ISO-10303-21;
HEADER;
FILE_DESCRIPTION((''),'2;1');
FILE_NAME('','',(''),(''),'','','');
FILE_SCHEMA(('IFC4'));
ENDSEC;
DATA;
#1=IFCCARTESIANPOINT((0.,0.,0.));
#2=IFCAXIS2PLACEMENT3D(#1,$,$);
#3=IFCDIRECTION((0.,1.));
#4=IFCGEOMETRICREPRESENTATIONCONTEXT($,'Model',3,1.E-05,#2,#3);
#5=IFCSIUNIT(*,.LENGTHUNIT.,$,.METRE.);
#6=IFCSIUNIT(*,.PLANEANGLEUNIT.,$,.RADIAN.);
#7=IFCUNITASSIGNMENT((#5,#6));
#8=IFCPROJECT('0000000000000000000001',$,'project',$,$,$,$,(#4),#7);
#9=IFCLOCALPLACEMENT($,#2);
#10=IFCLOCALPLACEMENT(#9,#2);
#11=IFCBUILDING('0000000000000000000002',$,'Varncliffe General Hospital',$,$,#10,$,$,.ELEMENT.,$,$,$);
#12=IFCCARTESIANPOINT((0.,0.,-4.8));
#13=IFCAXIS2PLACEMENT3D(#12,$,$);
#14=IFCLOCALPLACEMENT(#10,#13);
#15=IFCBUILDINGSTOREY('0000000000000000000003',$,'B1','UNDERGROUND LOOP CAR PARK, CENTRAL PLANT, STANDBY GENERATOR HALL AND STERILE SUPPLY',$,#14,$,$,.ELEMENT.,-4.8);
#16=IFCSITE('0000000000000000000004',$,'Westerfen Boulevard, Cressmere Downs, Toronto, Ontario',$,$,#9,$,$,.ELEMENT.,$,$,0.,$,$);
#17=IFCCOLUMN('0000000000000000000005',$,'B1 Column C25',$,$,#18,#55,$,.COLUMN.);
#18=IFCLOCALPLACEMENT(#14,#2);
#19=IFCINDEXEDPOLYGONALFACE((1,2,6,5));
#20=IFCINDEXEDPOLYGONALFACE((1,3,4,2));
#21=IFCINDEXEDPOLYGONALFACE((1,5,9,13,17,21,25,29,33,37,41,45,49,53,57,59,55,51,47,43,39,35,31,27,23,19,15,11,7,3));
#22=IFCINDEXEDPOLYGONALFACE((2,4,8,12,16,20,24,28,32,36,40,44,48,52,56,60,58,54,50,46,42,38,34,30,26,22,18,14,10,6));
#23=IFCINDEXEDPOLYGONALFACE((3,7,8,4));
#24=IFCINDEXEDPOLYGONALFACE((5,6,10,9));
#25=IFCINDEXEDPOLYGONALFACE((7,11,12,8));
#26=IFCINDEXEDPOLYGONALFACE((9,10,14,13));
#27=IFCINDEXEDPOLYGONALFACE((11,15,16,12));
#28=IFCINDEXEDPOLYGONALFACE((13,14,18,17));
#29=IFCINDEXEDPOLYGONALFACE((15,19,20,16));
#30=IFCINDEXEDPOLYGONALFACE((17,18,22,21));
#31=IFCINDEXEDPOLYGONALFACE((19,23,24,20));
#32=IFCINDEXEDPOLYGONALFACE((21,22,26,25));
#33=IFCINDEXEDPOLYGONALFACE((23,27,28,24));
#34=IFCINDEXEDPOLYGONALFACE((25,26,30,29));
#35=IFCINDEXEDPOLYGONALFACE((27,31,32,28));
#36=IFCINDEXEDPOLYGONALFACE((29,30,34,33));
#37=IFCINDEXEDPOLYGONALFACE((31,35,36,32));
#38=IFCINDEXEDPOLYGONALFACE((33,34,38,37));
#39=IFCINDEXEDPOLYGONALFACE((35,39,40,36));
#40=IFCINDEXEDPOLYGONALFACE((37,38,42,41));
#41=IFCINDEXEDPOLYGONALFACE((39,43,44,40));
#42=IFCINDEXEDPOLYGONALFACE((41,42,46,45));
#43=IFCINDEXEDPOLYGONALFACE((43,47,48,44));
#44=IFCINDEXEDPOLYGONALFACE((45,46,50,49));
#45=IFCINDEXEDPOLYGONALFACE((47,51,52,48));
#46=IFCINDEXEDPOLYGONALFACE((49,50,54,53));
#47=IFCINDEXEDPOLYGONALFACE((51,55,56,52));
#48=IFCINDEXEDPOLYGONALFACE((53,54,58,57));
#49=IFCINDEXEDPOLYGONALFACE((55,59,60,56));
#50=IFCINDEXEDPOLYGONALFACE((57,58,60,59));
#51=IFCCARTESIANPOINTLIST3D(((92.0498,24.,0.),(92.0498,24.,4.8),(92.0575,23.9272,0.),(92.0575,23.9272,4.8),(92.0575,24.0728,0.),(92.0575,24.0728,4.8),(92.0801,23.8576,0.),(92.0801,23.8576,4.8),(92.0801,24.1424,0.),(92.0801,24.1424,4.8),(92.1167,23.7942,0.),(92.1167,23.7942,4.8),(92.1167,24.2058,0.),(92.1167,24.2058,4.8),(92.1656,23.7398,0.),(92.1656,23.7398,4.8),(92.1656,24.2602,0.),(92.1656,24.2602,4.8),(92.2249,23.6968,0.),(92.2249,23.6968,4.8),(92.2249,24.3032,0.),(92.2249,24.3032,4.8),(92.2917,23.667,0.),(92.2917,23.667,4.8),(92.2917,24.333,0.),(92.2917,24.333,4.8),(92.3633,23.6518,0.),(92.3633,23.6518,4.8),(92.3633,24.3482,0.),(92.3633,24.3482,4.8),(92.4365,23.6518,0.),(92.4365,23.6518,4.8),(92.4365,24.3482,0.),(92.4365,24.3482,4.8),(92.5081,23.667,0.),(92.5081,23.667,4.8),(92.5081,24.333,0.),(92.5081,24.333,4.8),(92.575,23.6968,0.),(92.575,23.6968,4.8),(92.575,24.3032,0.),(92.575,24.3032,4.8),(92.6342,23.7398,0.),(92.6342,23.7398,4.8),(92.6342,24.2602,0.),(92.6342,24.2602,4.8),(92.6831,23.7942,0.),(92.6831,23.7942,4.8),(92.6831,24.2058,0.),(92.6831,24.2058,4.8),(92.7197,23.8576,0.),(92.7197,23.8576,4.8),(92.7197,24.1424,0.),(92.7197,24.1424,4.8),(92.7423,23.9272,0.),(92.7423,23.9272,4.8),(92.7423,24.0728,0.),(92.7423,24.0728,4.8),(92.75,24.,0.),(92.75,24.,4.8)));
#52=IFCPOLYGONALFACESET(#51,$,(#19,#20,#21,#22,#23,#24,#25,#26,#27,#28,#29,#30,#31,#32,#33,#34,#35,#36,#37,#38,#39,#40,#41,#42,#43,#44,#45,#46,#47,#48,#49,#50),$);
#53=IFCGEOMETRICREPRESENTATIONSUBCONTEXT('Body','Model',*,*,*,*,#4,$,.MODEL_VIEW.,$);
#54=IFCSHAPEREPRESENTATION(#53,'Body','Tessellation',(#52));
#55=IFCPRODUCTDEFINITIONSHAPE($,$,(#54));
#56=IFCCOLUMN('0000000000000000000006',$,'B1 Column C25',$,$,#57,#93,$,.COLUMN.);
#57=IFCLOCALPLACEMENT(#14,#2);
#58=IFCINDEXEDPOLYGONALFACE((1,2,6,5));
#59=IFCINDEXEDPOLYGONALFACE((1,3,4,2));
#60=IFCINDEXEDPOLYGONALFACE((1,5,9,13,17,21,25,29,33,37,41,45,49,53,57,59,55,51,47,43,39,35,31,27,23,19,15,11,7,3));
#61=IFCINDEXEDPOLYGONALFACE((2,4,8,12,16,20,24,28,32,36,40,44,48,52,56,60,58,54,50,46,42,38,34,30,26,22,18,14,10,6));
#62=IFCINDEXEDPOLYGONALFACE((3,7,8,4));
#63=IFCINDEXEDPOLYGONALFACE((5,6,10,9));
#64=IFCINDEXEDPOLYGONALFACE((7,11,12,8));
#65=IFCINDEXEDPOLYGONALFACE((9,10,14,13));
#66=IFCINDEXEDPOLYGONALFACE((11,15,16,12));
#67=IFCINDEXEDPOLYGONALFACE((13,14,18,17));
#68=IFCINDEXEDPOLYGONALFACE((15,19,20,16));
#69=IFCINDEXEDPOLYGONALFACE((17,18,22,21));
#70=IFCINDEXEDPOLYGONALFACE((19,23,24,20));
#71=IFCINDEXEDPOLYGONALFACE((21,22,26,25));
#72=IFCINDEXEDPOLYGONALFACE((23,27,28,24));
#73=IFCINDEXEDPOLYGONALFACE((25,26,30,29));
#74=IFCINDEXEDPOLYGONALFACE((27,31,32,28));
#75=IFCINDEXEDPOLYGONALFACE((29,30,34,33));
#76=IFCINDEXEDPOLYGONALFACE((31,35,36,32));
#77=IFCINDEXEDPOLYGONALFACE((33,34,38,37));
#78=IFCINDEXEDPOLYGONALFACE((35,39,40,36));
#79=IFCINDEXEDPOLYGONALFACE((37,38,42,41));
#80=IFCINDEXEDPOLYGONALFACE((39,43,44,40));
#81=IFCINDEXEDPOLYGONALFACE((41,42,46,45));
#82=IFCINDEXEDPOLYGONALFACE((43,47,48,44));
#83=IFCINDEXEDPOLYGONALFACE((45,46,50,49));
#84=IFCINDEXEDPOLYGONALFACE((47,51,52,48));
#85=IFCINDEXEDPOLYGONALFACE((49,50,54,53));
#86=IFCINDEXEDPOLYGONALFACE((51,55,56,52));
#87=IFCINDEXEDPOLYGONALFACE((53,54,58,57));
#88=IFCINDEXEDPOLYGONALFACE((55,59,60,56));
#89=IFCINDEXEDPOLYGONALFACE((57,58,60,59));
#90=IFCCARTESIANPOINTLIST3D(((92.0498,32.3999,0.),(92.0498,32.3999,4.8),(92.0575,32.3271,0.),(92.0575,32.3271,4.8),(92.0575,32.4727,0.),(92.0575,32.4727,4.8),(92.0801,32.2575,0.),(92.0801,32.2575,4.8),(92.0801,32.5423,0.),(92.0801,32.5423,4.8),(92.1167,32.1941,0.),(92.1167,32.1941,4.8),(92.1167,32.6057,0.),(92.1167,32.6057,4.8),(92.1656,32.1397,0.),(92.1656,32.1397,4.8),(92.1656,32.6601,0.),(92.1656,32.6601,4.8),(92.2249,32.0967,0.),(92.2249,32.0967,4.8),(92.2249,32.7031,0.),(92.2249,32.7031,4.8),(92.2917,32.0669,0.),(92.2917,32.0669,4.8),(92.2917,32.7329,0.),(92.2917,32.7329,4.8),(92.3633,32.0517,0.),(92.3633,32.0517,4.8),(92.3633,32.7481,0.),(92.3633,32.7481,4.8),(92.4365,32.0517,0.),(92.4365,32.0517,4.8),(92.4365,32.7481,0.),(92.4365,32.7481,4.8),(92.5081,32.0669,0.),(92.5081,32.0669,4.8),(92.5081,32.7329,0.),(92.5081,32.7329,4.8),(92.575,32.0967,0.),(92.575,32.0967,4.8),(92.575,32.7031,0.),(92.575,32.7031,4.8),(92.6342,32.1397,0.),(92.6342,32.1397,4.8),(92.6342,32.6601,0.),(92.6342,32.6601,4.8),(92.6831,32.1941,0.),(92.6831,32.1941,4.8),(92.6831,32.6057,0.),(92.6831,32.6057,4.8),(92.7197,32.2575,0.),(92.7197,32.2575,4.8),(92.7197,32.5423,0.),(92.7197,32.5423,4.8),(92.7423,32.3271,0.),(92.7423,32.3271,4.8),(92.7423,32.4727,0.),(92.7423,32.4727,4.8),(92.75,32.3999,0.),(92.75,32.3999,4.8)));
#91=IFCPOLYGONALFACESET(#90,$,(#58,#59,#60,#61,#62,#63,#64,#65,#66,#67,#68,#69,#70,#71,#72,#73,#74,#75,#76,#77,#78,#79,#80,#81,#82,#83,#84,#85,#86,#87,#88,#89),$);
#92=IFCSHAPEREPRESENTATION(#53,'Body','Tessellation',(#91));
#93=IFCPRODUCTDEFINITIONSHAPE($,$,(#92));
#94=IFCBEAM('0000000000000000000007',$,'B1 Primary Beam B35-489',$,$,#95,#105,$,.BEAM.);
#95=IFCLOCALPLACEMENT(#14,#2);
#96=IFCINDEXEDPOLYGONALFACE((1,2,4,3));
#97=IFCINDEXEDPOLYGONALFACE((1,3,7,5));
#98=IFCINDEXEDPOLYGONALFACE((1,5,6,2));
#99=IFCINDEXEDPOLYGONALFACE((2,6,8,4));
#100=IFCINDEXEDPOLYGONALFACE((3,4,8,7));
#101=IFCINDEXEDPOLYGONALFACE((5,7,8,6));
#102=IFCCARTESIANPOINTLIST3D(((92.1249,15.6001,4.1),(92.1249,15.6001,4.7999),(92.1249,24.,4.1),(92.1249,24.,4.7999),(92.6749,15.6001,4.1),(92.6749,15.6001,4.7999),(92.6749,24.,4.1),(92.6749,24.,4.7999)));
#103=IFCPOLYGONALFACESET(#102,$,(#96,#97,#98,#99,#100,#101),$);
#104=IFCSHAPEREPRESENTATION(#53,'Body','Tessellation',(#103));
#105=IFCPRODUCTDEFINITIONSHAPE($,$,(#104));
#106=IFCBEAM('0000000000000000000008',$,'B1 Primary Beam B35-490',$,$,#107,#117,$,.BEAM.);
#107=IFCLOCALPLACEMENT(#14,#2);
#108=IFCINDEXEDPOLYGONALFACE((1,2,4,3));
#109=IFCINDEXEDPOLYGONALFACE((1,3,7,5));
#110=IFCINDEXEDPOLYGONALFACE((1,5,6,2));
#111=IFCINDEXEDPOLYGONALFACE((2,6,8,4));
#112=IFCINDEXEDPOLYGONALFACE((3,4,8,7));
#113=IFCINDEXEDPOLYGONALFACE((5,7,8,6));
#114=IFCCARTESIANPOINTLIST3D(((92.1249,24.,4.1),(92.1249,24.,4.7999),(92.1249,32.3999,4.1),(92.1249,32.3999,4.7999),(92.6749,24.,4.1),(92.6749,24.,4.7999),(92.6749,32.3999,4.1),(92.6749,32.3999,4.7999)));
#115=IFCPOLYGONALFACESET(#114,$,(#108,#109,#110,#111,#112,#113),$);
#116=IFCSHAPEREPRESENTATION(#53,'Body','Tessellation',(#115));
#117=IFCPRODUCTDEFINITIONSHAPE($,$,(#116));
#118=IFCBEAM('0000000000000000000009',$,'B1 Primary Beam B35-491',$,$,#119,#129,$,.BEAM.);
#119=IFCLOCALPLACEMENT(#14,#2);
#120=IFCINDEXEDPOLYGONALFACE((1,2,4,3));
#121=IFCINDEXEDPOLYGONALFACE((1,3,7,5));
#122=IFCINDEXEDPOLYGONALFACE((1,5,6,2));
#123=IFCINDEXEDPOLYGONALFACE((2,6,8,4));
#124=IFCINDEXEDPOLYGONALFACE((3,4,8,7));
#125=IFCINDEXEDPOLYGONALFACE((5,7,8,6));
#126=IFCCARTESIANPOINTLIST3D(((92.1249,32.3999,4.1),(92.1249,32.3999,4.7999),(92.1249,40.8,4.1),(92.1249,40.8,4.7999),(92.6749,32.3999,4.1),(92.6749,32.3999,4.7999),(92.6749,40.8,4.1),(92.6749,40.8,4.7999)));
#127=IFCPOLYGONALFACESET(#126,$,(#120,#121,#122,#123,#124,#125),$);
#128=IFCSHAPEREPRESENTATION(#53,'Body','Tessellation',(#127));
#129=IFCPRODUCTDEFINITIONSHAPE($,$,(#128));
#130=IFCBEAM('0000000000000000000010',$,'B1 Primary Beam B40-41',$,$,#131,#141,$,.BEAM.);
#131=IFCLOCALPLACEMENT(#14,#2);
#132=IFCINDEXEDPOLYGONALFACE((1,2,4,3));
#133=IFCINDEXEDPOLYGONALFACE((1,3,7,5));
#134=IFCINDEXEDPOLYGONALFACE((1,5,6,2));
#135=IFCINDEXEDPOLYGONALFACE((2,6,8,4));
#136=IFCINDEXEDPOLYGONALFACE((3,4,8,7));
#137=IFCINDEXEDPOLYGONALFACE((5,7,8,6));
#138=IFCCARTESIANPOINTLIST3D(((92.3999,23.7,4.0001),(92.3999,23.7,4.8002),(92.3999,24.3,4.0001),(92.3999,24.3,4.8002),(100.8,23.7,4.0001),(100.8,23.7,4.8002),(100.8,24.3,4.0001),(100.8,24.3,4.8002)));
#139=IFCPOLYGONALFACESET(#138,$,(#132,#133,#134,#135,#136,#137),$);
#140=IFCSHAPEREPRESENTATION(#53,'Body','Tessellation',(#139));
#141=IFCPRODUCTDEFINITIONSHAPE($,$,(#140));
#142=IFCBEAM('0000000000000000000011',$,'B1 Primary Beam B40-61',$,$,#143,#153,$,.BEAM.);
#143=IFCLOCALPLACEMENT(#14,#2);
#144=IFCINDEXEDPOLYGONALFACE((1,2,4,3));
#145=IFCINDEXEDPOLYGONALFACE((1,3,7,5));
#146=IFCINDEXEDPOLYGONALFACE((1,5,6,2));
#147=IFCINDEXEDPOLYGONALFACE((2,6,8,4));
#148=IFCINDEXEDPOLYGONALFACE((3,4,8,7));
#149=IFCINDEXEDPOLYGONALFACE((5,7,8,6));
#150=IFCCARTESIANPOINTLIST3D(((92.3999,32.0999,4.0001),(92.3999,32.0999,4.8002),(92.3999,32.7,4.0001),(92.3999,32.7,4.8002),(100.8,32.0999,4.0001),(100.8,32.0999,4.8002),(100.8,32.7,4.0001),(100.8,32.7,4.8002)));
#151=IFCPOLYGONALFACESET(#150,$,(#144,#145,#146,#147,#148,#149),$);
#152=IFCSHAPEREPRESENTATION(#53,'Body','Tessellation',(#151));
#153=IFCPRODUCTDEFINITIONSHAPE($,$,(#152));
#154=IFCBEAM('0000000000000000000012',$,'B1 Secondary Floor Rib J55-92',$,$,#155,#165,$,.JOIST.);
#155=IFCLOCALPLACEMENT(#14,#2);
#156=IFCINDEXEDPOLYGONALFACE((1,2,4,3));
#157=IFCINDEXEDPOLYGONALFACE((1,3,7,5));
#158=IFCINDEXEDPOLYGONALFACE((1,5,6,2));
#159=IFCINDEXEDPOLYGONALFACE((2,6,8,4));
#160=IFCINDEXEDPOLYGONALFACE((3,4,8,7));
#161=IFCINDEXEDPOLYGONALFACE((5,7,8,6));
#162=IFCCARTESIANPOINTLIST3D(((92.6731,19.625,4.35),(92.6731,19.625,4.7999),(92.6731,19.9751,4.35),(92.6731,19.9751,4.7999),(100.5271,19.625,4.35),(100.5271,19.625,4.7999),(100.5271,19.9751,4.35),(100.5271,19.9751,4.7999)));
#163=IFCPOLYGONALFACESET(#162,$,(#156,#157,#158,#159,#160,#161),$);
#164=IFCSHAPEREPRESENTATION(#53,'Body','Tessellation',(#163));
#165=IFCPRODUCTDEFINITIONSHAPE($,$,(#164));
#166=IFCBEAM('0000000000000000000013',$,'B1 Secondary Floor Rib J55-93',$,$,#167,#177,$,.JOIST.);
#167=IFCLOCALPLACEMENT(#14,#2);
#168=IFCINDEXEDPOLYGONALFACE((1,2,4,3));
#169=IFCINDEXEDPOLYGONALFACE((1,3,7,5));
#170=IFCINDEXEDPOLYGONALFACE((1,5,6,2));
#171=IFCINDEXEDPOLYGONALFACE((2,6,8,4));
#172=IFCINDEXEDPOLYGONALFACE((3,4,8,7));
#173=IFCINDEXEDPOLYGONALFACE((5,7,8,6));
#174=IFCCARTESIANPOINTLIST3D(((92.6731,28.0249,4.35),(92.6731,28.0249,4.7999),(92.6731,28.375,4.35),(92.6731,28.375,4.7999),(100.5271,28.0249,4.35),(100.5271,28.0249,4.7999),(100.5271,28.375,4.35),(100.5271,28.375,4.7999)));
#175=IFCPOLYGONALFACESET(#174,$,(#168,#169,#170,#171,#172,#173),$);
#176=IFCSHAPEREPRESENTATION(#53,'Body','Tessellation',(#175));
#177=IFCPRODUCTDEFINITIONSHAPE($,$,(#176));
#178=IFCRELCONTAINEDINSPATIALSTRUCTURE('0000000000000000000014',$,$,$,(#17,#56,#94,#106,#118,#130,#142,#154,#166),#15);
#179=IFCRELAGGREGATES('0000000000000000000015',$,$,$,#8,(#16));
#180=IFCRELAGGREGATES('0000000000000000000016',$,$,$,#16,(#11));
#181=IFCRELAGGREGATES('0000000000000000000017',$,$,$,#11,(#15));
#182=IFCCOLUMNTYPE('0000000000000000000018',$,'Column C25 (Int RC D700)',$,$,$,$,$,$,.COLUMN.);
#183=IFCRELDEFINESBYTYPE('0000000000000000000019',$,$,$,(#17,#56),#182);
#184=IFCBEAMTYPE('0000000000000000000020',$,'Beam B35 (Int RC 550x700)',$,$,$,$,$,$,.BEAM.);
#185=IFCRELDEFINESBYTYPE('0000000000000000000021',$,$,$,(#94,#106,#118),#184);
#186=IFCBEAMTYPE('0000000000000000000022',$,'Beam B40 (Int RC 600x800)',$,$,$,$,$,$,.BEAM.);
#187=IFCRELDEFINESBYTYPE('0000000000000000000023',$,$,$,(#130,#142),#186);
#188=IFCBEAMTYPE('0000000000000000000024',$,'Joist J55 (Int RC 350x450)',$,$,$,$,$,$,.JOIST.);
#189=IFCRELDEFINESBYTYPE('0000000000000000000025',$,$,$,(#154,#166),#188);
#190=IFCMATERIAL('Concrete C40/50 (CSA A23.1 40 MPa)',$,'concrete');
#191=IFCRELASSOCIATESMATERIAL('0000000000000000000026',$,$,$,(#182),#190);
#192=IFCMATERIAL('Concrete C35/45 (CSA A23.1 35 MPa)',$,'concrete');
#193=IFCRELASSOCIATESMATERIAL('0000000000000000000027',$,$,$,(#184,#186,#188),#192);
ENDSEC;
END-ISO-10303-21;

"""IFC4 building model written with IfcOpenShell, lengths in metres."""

from ifc_helpers import new_model, si_unit, direction, frame, origin, origin_2d, place, context, subcontext, project, spatial, rectangle, circle, extrude, material, material_profile, profile_set, type_object, element, save


model = new_model("IFC4")

# Units and contexts
model_context = context("Model", 3, precision=1e-05, world=origin(), true_north=direction((0.0, 1.0)))
body_context = subcontext(model_context, "Body", "Model", "MODEL_VIEW")
ifc_project = project(units=[si_unit("LENGTHUNIT", "METRE"), si_unit("PLANEANGLEUNIT", "RADIAN")], contexts=[model_context])

# Site, building, storey
site_placement = place(None, origin())
site = spatial("IfcSite", under=ifc_project, at=site_placement, Name="Westerfen Boulevard, Cressmere Downs, Toronto, Ontario", CompositionType="ELEMENT", RefElevation=0.0)
building_placement = place(site_placement, origin())
building = spatial("IfcBuilding", under=site, at=building_placement, Name="Varncliffe General Hospital", CompositionType="ELEMENT")
storey_placement = place(building_placement, frame((0.0, 0.0, -4.8)))
storey = spatial("IfcBuildingStorey", under=building, at=storey_placement, Name="B1", Description="UNDERGROUND LOOP CAR PARK, CENTRAL PLANT, STANDBY GENERATOR HALL AND STERILE SUPPLY", CompositionType="ELEMENT", Elevation=-4.8)

# Shared definitions
ifc_material_1 = material(Name="Concrete C40/50 (CSA A23.1 40 MPa)", Category="concrete")

# Columns
ifc_material_profile_1 = material_profile(ifc_material_1, circle(Radius=0.3501, at=origin_2d()), Name="RC D700")
ifc_profile_set_1 = profile_set([ifc_material_profile_1], Name="Concrete C40/50 (CSA A23.1 40 MPa)")
column_type = type_object("IfcColumnType", Name="Column C25 (Int RC D700)", PredefinedType="COLUMN", material=ifc_profile_set_1)
for number, where, z_axis, x_axis, name in (
    (1, (92.3999, 24.0, 0.0), (0.0, 0.0, 1.0), (1.0, 0.0, 0.0), "B1 Column C25"),
    (2, (92.3999, 32.3999, 0.0), (0.0, 0.0, 1.0), (1.0, 0.0, 0.0), "B1 Column C25"),
):
    element("IfcColumn", number, at=place(storey_placement, frame(where, z_axis=z_axis, x_axis=x_axis)), inside=storey, type_object=column_type, Name=name, PredefinedType="COLUMN", context=body_context, shape_type="SweptSolid", body=[
        extrude(circle(Radius=0.3501, at=origin_2d()), origin(), (0.0, 0.0, 1.0), 4.8),
    ])

# Beams
ifc_material_2 = material(Name="Concrete C35/45 (CSA A23.1 35 MPa)", Category="concrete")
ifc_material_profile_2 = material_profile(ifc_material_2, rectangle(XDim=0.55, YDim=0.7, at=origin_2d()), Name="RC 550x700")
ifc_profile_set_2 = profile_set([ifc_material_profile_2], Name="Concrete C35/45 (CSA A23.1 35 MPa)")
beam_type_1 = type_object("IfcBeamType", Name="Beam B35 (Int RC 550x700)", PredefinedType="BEAM", material=ifc_profile_set_2)
for number, where, z_axis, x_axis, name in (
    (3, (92.3999, 15.6001, 4.45), (0.0, 1.0, 0.0), (-1.0, 0.0, 0.0), "B1 Primary Beam B35-489"),
    (4, (92.3999, 24.0, 4.45), (0.0, 1.0, 0.0), (-1.0, 0.0, 0.0), "B1 Primary Beam B35-490"),
):
    element("IfcBeam", number, at=place(storey_placement, frame(where, z_axis=z_axis, x_axis=x_axis)), inside=storey, type_object=beam_type_1, Name=name, PredefinedType="BEAM", context=body_context, shape_type="SweptSolid", body=[
        extrude(rectangle(XDim=0.55, YDim=0.7, at=origin_2d()), origin(), (0.0, 0.0, 1.0), 8.3999),
    ])
beam_placement = place(storey_placement, frame((92.3999, 32.3999, 4.45), z_axis=(0.0, 1.0, 0.0), x_axis=(-1.0, 0.0, 0.0)))
element("IfcBeam", 5, at=beam_placement, inside=storey, type_object=beam_type_1, Name="B1 Primary Beam B35-491", PredefinedType="BEAM", context=body_context, shape_type="SweptSolid", body=[
    extrude(rectangle(XDim=0.55, YDim=0.7, at=origin_2d()), origin(), (0.0, 0.0, 1.0), 8.4001),
])
ifc_material_profile_3 = material_profile(ifc_material_2, rectangle(XDim=0.6001, YDim=0.8, at=origin_2d()), Name="RC 600x800")
ifc_profile_set_3 = profile_set([ifc_material_profile_3], Name="Concrete C35/45 (CSA A23.1 35 MPa)")
beam_type_2 = type_object("IfcBeamType", Name="Beam B40 (Int RC 600x800)", PredefinedType="BEAM", material=ifc_profile_set_3)
for number, where, z_axis, x_axis, name in (
    (6, (92.3999, 24.0, 4.4001), (1.0, 0.0, 0.0), (0.0, 1.0, 0.0), "B1 Primary Beam B40-41"),
    (7, (92.3999, 32.3999, 4.4001), (1.0, 0.0, 0.0), (0.0, 1.0, 0.0), "B1 Primary Beam B40-61"),
):
    element("IfcBeam", number, at=place(storey_placement, frame(where, z_axis=z_axis, x_axis=x_axis)), inside=storey, type_object=beam_type_2, Name=name, PredefinedType="BEAM", context=body_context, shape_type="SweptSolid", body=[
        extrude(rectangle(XDim=0.6001, YDim=0.8, at=origin_2d()), origin(), (0.0, 0.0, 1.0), 8.4001),
    ])
ifc_material_profile_4 = material_profile(ifc_material_2, rectangle(XDim=0.3501, YDim=0.45, at=origin_2d()), Name="RC 350x450")
ifc_profile_set_4 = profile_set([ifc_material_profile_4], Name="Concrete C35/45 (CSA A23.1 35 MPa)")
beam_type_3 = type_object("IfcBeamType", Name="Joist J55 (Int RC 350x450)", PredefinedType="JOIST", material=ifc_profile_set_4)
for number, where, z_axis, x_axis, name in (
    (8, (92.6731, 19.8, 4.575), (1.0, 0.0, 0.0), (0.0, 1.0, 0.0), "B1 Secondary Floor Rib J55-92"),
    (9, (92.6731, 28.2, 4.575), (1.0, 0.0, 0.0), (0.0, 1.0, 0.0), "B1 Secondary Floor Rib J55-93"),
):
    element("IfcBeam", number, at=place(storey_placement, frame(where, z_axis=z_axis, x_axis=x_axis)), inside=storey, type_object=beam_type_3, Name=name, PredefinedType="JOIST", context=body_context, shape_type="SweptSolid", body=[
        extrude(rectangle(XDim=0.3501, YDim=0.45, at=origin_2d()), origin(), (0.0, 0.0, 1.0), 7.854),
    ])

save(model, "model.ifc")
